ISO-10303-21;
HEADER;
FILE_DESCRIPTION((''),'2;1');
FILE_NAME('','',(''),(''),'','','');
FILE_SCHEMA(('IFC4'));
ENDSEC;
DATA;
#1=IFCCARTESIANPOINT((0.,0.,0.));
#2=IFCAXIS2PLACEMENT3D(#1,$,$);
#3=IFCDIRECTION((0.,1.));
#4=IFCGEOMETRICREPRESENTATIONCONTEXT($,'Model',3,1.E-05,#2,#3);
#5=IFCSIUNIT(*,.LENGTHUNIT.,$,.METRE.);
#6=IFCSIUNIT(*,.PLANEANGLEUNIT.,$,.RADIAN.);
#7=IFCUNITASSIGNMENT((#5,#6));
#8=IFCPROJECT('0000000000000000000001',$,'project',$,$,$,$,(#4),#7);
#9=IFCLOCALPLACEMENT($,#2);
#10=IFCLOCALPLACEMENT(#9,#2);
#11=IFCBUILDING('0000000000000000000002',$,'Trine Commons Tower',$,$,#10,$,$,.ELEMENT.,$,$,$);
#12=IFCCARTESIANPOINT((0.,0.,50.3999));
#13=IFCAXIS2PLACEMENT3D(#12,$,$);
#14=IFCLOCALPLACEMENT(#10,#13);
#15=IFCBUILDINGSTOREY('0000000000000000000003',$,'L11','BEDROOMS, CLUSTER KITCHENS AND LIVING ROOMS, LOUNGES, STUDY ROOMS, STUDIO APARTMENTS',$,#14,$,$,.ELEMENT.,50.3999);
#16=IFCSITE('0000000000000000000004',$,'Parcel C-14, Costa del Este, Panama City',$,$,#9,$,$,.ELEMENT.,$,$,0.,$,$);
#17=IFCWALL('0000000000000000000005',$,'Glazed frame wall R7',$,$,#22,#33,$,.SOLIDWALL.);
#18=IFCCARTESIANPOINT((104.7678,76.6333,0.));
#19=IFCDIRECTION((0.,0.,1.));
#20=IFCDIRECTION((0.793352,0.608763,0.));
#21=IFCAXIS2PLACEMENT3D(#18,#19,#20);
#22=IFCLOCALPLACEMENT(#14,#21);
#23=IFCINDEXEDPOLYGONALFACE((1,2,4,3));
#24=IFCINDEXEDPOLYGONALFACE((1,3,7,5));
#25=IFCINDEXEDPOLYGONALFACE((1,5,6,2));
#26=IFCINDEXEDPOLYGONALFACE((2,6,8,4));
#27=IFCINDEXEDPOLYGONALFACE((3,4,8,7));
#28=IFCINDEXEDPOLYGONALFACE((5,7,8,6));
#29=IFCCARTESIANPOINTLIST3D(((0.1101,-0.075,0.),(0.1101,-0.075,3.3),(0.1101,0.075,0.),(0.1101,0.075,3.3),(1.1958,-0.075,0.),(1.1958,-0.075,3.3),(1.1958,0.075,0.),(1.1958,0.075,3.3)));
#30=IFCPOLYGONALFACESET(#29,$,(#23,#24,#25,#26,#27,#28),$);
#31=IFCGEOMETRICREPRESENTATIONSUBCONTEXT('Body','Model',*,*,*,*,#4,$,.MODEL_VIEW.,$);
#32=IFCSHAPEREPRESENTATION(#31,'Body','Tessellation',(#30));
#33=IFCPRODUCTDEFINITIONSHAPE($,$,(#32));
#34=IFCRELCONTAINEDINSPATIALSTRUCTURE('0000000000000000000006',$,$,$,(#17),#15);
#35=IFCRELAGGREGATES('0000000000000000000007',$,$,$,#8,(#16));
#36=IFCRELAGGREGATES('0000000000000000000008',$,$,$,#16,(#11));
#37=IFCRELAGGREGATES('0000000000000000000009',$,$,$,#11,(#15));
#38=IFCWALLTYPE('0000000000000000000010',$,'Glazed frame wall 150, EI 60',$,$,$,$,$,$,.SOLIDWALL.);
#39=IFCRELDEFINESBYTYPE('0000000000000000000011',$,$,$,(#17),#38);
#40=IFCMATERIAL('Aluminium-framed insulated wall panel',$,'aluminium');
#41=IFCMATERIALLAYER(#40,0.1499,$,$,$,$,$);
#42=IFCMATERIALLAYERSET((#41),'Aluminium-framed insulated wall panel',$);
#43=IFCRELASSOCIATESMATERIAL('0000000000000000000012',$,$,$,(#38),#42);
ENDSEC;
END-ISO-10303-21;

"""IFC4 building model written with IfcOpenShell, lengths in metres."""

from ifc_helpers import new_model, si_unit, direction, frame, origin, place, context, subcontext, project, spatial, polyline, outline, extrude, material, layer, layer_set, type_object, element, save


model = new_model("IFC4")

# Units and contexts
model_context = context("Model", 3, precision=1e-05, world=origin(), true_north=direction((0.0, 1.0)))
body_context = subcontext(model_context, "Body", "Model", "MODEL_VIEW")
ifc_project = project(units=[si_unit("LENGTHUNIT", "METRE"), si_unit("PLANEANGLEUNIT", "RADIAN")], contexts=[model_context])

# Site, building, storey
site_placement = place(None, origin())
site = spatial("IfcSite", under=ifc_project, at=site_placement, Name="Parcel C-14, Costa del Este, Panama City", CompositionType="ELEMENT", RefElevation=0.0)
building_placement = place(site_placement, origin())
building = spatial("IfcBuilding", under=site, at=building_placement, Name="Trine Commons Tower", CompositionType="ELEMENT")
storey_placement = place(building_placement, frame((0.0, 0.0, 50.3999)))
storey = spatial("IfcBuildingStorey", under=building, at=storey_placement, Name="L11", Description="BEDROOMS, CLUSTER KITCHENS AND LIVING ROOMS, LOUNGES, STUDY ROOMS, STUDIO APARTMENTS", CompositionType="ELEMENT", Elevation=50.3999)

# Wall
ifc_material_1 = material(Name="Aluminium-framed insulated wall panel", Category="aluminium")
ifc_layer_1 = layer(ifc_material_1, 0.1499)
ifc_layer_set_1 = layer_set([ifc_layer_1], Name="Aluminium-framed insulated wall panel")
wall_type_1 = type_object("IfcWallType", Name="Glazed frame wall 150, EI 60", PredefinedType="SOLIDWALL", material=ifc_layer_set_1)
wall_1_placement = place(storey_placement, frame((104.7678, 76.6333, 0.0), z_axis=(0.0, 0.0, 1.0), x_axis=(0.793352, 0.608763, 0.0)))
element("IfcWall", 1, at=wall_1_placement, inside=storey, type_object=wall_type_1, Name="Glazed frame wall R7", PredefinedType="SOLIDWALL", context=body_context, shape_type="SweptSolid", body=[
    extrude(outline(polyline([(0.1101, 0.075), (0.1101, -0.075), (1.1958, -0.075), (1.1958, 0.075), (0.1101, 0.075)])), origin(), (0.0, 0.0, 1.0), 3.3),
])

save(model, "model.ifc")
